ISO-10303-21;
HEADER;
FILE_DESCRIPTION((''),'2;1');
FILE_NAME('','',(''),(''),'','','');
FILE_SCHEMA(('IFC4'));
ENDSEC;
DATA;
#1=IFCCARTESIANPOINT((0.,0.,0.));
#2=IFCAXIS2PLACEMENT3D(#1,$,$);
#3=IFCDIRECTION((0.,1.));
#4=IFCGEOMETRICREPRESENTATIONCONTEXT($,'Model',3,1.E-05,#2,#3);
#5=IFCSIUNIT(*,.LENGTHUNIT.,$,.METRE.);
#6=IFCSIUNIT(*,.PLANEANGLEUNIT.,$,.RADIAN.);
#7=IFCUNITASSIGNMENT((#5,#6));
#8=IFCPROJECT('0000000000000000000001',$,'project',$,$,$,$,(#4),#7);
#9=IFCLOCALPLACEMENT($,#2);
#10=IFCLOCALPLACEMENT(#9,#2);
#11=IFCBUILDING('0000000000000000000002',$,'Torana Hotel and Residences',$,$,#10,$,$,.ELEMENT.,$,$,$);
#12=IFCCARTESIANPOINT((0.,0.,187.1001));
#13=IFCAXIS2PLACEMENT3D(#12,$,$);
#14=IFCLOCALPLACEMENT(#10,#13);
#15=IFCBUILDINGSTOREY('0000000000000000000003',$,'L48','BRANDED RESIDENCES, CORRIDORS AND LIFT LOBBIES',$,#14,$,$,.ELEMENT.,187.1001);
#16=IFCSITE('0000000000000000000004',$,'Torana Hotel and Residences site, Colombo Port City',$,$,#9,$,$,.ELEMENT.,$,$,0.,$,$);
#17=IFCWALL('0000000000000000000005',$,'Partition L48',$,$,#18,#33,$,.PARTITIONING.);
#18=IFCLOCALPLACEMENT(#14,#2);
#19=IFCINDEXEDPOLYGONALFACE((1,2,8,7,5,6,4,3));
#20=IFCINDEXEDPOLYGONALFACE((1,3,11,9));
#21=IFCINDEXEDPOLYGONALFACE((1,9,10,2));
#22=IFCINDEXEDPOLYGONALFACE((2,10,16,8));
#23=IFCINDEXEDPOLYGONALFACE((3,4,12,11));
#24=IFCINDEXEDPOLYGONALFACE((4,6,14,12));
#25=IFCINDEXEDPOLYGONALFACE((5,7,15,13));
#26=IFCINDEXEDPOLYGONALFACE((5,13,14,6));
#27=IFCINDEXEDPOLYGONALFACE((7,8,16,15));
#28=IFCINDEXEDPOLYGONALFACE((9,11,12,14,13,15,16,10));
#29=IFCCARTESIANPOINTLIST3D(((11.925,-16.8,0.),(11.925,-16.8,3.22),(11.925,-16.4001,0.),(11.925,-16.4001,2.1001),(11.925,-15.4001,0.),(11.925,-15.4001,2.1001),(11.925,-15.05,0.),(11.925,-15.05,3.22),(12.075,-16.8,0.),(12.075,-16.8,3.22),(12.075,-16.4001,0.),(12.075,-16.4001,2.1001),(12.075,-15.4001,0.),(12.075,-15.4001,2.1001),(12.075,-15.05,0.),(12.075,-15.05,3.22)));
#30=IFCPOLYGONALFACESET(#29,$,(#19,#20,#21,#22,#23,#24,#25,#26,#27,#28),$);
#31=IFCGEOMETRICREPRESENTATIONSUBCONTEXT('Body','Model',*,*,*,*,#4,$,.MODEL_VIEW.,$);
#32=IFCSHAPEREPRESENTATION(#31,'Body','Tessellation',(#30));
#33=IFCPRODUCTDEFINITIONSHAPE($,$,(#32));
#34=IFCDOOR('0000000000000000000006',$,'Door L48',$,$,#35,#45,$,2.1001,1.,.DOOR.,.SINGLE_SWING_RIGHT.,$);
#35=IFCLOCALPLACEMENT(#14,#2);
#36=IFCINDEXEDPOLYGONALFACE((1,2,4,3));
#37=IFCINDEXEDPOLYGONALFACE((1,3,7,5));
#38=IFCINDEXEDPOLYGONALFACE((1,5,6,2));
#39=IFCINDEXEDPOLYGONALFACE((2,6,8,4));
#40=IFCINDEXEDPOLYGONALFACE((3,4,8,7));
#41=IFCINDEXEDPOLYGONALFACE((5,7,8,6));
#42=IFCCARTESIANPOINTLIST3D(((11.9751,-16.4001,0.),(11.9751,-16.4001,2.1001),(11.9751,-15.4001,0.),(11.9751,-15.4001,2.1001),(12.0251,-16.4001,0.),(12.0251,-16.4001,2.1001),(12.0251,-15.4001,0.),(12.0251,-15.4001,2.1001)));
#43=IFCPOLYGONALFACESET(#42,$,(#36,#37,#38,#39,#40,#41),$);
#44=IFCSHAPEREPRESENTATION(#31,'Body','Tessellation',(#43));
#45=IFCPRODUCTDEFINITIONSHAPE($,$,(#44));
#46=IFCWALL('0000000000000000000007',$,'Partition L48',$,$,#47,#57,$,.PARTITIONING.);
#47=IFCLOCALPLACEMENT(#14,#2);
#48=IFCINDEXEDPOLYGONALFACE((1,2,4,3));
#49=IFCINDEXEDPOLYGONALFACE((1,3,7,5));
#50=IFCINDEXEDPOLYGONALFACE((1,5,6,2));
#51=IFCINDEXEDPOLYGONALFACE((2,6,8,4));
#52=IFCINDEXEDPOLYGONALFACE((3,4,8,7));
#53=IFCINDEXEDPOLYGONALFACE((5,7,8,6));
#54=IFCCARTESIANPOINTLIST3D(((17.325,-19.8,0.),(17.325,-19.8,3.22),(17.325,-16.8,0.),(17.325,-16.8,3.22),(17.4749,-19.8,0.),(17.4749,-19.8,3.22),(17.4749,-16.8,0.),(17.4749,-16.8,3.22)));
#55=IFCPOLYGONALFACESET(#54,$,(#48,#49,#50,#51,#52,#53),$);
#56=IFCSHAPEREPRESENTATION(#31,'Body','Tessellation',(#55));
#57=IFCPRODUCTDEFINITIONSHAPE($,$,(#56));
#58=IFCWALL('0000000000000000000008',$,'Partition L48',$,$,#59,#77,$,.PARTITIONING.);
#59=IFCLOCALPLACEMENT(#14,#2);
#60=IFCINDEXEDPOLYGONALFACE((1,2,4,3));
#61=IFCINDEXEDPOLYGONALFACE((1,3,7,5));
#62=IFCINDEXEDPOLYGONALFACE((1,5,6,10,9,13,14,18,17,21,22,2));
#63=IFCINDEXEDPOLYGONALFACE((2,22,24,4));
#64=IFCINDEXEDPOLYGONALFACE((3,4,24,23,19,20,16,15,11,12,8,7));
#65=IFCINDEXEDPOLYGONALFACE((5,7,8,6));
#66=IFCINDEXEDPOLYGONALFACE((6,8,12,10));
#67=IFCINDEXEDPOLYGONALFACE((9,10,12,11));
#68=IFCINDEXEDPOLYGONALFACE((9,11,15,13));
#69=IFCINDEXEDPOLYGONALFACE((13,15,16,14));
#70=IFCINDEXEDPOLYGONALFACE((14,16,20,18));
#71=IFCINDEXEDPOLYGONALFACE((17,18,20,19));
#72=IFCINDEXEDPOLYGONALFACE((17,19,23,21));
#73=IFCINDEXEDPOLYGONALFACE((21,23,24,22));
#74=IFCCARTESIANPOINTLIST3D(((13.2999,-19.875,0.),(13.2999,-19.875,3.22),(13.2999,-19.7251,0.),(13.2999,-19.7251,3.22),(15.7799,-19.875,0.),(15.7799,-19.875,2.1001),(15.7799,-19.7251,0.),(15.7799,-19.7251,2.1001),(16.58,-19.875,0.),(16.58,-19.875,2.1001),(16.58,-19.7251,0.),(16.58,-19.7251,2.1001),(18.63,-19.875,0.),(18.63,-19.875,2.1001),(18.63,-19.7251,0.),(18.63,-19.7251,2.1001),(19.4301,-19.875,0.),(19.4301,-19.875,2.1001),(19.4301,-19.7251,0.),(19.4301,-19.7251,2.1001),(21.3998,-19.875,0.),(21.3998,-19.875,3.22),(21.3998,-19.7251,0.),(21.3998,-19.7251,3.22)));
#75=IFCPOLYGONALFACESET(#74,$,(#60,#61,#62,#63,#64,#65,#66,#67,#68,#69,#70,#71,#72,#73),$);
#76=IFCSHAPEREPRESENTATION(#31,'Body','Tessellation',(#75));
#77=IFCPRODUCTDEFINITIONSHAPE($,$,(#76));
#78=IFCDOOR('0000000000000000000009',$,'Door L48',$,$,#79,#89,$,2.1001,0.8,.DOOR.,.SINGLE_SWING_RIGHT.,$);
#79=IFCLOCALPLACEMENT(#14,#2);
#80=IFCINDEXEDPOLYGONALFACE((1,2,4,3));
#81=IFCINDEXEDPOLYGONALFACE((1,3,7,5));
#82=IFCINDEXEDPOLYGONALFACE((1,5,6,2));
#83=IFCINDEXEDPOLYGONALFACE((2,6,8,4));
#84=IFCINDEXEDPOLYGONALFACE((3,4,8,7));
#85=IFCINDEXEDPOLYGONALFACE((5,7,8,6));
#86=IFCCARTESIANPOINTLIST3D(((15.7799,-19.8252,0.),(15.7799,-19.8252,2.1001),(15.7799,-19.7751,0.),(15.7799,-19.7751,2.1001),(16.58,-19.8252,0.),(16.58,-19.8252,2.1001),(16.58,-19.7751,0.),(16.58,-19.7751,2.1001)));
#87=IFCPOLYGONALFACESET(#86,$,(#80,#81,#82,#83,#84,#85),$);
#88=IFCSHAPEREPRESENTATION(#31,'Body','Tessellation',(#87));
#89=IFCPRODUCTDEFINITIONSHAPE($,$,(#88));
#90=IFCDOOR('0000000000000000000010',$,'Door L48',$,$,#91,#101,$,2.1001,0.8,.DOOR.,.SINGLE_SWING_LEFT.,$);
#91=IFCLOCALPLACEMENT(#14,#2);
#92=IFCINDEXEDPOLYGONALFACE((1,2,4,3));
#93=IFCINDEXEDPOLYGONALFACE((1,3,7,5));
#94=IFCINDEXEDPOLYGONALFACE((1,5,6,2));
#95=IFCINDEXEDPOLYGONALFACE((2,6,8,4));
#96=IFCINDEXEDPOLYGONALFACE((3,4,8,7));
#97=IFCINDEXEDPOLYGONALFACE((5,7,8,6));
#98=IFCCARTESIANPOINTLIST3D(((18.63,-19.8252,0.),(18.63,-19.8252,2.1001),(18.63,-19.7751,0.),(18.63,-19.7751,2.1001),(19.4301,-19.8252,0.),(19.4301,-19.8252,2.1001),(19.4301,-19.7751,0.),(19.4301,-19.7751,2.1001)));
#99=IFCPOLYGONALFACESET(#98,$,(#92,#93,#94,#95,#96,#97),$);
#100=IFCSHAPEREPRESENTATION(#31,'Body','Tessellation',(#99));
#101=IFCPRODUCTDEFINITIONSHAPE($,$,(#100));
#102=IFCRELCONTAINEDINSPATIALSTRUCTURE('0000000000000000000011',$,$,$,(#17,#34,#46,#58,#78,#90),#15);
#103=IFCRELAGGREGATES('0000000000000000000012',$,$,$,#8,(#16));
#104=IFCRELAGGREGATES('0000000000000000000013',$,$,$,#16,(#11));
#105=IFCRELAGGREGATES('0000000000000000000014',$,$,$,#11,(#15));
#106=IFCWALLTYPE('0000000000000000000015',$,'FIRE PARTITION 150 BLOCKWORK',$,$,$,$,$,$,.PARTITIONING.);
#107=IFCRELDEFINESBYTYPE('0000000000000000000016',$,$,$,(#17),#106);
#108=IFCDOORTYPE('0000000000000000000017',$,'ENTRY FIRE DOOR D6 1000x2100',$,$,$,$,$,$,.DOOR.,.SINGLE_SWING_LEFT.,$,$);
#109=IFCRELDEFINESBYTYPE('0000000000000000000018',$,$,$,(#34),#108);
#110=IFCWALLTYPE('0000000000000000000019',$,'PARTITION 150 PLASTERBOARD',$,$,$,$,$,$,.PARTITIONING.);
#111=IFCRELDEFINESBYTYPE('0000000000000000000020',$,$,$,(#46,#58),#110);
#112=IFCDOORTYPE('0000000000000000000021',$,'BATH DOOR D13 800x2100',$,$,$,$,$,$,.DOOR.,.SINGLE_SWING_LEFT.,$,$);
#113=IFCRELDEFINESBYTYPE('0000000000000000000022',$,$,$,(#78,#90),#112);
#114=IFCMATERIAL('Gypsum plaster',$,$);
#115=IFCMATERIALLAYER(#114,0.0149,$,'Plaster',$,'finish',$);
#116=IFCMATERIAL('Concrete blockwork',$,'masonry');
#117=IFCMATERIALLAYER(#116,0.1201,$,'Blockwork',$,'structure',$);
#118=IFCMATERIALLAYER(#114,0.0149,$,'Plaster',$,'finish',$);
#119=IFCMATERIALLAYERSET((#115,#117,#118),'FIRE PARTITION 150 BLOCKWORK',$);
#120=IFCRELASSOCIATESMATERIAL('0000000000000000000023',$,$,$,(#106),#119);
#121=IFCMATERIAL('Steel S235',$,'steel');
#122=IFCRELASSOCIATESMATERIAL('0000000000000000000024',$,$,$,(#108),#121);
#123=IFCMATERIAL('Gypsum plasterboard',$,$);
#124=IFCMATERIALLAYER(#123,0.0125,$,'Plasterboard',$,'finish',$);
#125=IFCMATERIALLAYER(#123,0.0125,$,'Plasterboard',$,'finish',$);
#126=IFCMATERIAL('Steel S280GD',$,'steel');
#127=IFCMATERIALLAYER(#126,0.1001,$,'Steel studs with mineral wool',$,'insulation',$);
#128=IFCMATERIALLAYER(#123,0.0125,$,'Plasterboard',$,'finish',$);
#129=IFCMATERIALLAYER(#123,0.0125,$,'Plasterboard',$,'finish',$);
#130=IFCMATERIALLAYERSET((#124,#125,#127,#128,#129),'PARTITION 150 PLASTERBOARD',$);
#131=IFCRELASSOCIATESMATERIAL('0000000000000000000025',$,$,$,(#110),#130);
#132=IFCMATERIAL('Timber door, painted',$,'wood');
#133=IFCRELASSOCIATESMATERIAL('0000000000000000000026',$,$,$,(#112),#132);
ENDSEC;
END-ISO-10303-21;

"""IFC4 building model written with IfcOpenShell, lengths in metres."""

from ifc_helpers import new_model, si_unit, direction, frame, frame_2d, origin, place, context, subcontext, project, spatial, rectangle, extrude, material, layer, layer_set, type_object, element, fill, save


model = new_model("IFC4")

# Units and contexts
model_context = context("Model", 3, precision=1e-05, world=origin(), true_north=direction((0.0, 1.0)))
body_context = subcontext(model_context, "Body", "Model", "MODEL_VIEW")
ifc_project = project(units=[si_unit("LENGTHUNIT", "METRE"), si_unit("PLANEANGLEUNIT", "RADIAN")], contexts=[model_context])

# Site, building, storey
site_placement = place(None, origin())
site = spatial("IfcSite", under=ifc_project, at=site_placement, Name="Torana Hotel and Residences site, Colombo Port City", CompositionType="ELEMENT", RefElevation=0.0)
building_placement = place(site_placement, origin())
building = spatial("IfcBuilding", under=site, at=building_placement, Name="Torana Hotel and Residences", CompositionType="ELEMENT")
storey_placement = place(building_placement, frame((0.0, 0.0, 187.1001)))
storey = spatial("IfcBuildingStorey", under=building, at=storey_placement, Name="L48", Description="BRANDED RESIDENCES, CORRIDORS AND LIFT LOBBIES", CompositionType="ELEMENT", Elevation=187.1001)

# Wall, opening, door
ifc_material_1 = material(Name="Gypsum plaster")
ifc_layer_1 = layer(ifc_material_1, 0.0149, Name="Plaster", Category="finish")
ifc_material_2 = material(Name="Concrete blockwork", Category="masonry")
ifc_layer_2 = layer(ifc_material_2, 0.1201, Name="Blockwork", Category="structure")
ifc_layer_3 = layer(ifc_material_1, 0.0149, Name="Plaster", Category="finish")
ifc_layer_set_1 = layer_set([ifc_layer_1, ifc_layer_2, ifc_layer_3], Name="FIRE PARTITION 150 BLOCKWORK")
wall_type_1 = type_object("IfcWallType", Name="FIRE PARTITION 150 BLOCKWORK", PredefinedType="PARTITIONING", material=ifc_layer_set_1)
wall_1_placement = place(storey_placement, frame((12.0, -16.8, 0.0), z_axis=(0.0, 0.0, 1.0), x_axis=(0.0, 1.0, 0.0)))
wall_1 = element("IfcWall", 1, at=wall_1_placement, inside=storey, type_object=wall_type_1, Name="Partition L48", PredefinedType="PARTITIONING", context=body_context, shape_type="SweptSolid", body=[
    extrude(rectangle(XDim=1.75, YDim=0.1499, at=frame_2d((0.875, 0.0))), origin(), (0.0, 0.0, 1.0), 3.22),
])
opening_1_placement = place(wall_1_placement, frame((0.3999, 0.0, 0.0)))
opening_1 = element("IfcOpeningElement", 2, at=opening_1_placement, cuts=wall_1, PredefinedType="OPENING", context=body_context, shape_type="SweptSolid", body=[
    extrude(rectangle(XDim=1.0, YDim=2.1001, at=frame_2d((0.5, 1.05))), frame((0.0, 0.085, 0.0), z_axis=(0.0, -1.0, 0.0), x_axis=(1.0, 0.0, 0.0)), (0.0, 0.0, 1.0), 0.1699),
])
ifc_material_3 = material(Name="Steel S235", Category="steel")
door_type_1 = type_object("IfcDoorType", Name="ENTRY FIRE DOOR D6 1000x2100", OperationType="SINGLE_SWING_LEFT", PredefinedType="DOOR", material=ifc_material_3)
door_1_placement = place(opening_1_placement, origin())
door_1 = element("IfcDoor", 3, at=door_1_placement, inside=storey, type_object=door_type_1, Name="Door L48", OperationType="SINGLE_SWING_RIGHT", OverallHeight=2.1001, OverallWidth=1.0, PredefinedType="DOOR", context=body_context, shape_type="SweptSolid", body=[
    extrude(rectangle(XDim=1.0, YDim=2.1001, at=frame_2d((0.5, 1.05))), frame((0.0, 0.0249, 0.0), z_axis=(0.0, -1.0, 0.0), x_axis=(1.0, 0.0, 0.0)), (0.0, 0.0, 1.0), 0.05),
])
fill(opening_1, door_1)

# Wall
ifc_material_4 = material(Name="Gypsum plasterboard")
ifc_layer_4 = layer(ifc_material_4, 0.0125, Name="Plasterboard", Category="finish")
ifc_layer_5 = layer(ifc_material_4, 0.0125, Name="Plasterboard", Category="finish")
ifc_material_5 = material(Name="Steel S280GD", Category="steel")
ifc_layer_6 = layer(ifc_material_5, 0.1001, Name="Steel studs with mineral wool", Category="insulation")
ifc_layer_7 = layer(ifc_material_4, 0.0125, Name="Plasterboard", Category="finish")
ifc_layer_8 = layer(ifc_material_4, 0.0125, Name="Plasterboard", Category="finish")
ifc_layer_set_2 = layer_set([ifc_layer_4, ifc_layer_5, ifc_layer_6, ifc_layer_7, ifc_layer_8], Name="PARTITION 150 PLASTERBOARD")
wall_type_2 = type_object("IfcWallType", Name="PARTITION 150 PLASTERBOARD", PredefinedType="PARTITIONING", material=ifc_layer_set_2)
wall_2_placement = place(storey_placement, frame((17.3999, -19.8, 0.0), z_axis=(0.0, 0.0, 1.0), x_axis=(0.0, 1.0, 0.0)))
element("IfcWall", 4, at=wall_2_placement, inside=storey, type_object=wall_type_2, Name="Partition L48", PredefinedType="PARTITIONING", context=body_context, shape_type="SweptSolid", body=[
    extrude(rectangle(XDim=3.0, YDim=0.1499, at=frame_2d((1.5, 0.0))), origin(), (0.0, 0.0, 1.0), 3.22),
])

# Wall, openings, doors
wall_3_placement = place(storey_placement, frame((13.3, -19.8, 0.0), z_axis=(0.0, 0.0, 1.0), x_axis=(1.0, 0.0, 0.0)))
wall_3 = element("IfcWall", 5, at=wall_3_placement, inside=storey, type_object=wall_type_2, Name="Partition L48", PredefinedType="PARTITIONING", context=body_context, shape_type="SweptSolid", body=[
    extrude(rectangle(XDim=8.0999, YDim=0.1499, at=frame_2d((4.0498, 0.0))), origin(), (0.0, 0.0, 1.0), 3.22),
])
opening_2_placement = place(wall_3_placement, frame((2.48, 0.0, 0.0)))
opening_2 = element("IfcOpeningElement", 6, at=opening_2_placement, cuts=wall_3, PredefinedType="OPENING", context=body_context, shape_type="SweptSolid", body=[
    extrude(rectangle(XDim=0.8, YDim=2.1001, at=frame_2d((0.3999, 1.05))), frame((0.0, 0.085, 0.0), z_axis=(0.0, -1.0, 0.0), x_axis=(1.0, 0.0, 0.0)), (0.0, 0.0, 1.0), 0.1699),
])
opening_3_placement = place(wall_3_placement, frame((5.3301, 0.0, 0.0)))
opening_3 = element("IfcOpeningElement", 7, at=opening_3_placement, cuts=wall_3, PredefinedType="OPENING", context=body_context, shape_type="SweptSolid", body=[
    extrude(rectangle(XDim=0.8, YDim=2.1001, at=frame_2d((0.3999, 1.05))), frame((0.0, 0.085, 0.0), z_axis=(0.0, -1.0, 0.0), x_axis=(1.0, 0.0, 0.0)), (0.0, 0.0, 1.0), 0.1699),
])
ifc_material_6 = material(Name="Timber door, painted", Category="wood")
door_type_2 = type_object("IfcDoorType", Name="BATH DOOR D13 800x2100", OperationType="SINGLE_SWING_LEFT", PredefinedType="DOOR", material=ifc_material_6)
door_2_placement = place(opening_2_placement, origin())
door_2 = element("IfcDoor", 8, at=door_2_placement, inside=storey, type_object=door_type_2, Name="Door L48", OperationType="SINGLE_SWING_RIGHT", OverallHeight=2.1001, OverallWidth=0.8, PredefinedType="DOOR", context=body_context, shape_type="SweptSolid", body=[
    extrude(rectangle(XDim=0.8, YDim=2.1001, at=frame_2d((0.3999, 1.05))), frame((0.0, 0.0249, 0.0), z_axis=(0.0, -1.0, 0.0), x_axis=(1.0, 0.0, 0.0)), (0.0, 0.0, 1.0), 0.05),
])
fill(opening_2, door_2)
door_3_placement = place(opening_3_placement, origin())
door_3 = element("IfcDoor", 9, at=door_3_placement, inside=storey, type_object=door_type_2, Name="Door L48", OperationType="SINGLE_SWING_LEFT", OverallHeight=2.1001, OverallWidth=0.8, PredefinedType="DOOR", context=body_context, shape_type="SweptSolid", body=[
    extrude(rectangle(XDim=0.8, YDim=2.1001, at=frame_2d((0.3999, 1.05))), frame((0.0, 0.0249, 0.0), z_axis=(0.0, -1.0, 0.0), x_axis=(1.0, 0.0, 0.0)), (0.0, 0.0, 1.0), 0.05),
])
fill(opening_3, door_3)

save(model, "model.ifc")
